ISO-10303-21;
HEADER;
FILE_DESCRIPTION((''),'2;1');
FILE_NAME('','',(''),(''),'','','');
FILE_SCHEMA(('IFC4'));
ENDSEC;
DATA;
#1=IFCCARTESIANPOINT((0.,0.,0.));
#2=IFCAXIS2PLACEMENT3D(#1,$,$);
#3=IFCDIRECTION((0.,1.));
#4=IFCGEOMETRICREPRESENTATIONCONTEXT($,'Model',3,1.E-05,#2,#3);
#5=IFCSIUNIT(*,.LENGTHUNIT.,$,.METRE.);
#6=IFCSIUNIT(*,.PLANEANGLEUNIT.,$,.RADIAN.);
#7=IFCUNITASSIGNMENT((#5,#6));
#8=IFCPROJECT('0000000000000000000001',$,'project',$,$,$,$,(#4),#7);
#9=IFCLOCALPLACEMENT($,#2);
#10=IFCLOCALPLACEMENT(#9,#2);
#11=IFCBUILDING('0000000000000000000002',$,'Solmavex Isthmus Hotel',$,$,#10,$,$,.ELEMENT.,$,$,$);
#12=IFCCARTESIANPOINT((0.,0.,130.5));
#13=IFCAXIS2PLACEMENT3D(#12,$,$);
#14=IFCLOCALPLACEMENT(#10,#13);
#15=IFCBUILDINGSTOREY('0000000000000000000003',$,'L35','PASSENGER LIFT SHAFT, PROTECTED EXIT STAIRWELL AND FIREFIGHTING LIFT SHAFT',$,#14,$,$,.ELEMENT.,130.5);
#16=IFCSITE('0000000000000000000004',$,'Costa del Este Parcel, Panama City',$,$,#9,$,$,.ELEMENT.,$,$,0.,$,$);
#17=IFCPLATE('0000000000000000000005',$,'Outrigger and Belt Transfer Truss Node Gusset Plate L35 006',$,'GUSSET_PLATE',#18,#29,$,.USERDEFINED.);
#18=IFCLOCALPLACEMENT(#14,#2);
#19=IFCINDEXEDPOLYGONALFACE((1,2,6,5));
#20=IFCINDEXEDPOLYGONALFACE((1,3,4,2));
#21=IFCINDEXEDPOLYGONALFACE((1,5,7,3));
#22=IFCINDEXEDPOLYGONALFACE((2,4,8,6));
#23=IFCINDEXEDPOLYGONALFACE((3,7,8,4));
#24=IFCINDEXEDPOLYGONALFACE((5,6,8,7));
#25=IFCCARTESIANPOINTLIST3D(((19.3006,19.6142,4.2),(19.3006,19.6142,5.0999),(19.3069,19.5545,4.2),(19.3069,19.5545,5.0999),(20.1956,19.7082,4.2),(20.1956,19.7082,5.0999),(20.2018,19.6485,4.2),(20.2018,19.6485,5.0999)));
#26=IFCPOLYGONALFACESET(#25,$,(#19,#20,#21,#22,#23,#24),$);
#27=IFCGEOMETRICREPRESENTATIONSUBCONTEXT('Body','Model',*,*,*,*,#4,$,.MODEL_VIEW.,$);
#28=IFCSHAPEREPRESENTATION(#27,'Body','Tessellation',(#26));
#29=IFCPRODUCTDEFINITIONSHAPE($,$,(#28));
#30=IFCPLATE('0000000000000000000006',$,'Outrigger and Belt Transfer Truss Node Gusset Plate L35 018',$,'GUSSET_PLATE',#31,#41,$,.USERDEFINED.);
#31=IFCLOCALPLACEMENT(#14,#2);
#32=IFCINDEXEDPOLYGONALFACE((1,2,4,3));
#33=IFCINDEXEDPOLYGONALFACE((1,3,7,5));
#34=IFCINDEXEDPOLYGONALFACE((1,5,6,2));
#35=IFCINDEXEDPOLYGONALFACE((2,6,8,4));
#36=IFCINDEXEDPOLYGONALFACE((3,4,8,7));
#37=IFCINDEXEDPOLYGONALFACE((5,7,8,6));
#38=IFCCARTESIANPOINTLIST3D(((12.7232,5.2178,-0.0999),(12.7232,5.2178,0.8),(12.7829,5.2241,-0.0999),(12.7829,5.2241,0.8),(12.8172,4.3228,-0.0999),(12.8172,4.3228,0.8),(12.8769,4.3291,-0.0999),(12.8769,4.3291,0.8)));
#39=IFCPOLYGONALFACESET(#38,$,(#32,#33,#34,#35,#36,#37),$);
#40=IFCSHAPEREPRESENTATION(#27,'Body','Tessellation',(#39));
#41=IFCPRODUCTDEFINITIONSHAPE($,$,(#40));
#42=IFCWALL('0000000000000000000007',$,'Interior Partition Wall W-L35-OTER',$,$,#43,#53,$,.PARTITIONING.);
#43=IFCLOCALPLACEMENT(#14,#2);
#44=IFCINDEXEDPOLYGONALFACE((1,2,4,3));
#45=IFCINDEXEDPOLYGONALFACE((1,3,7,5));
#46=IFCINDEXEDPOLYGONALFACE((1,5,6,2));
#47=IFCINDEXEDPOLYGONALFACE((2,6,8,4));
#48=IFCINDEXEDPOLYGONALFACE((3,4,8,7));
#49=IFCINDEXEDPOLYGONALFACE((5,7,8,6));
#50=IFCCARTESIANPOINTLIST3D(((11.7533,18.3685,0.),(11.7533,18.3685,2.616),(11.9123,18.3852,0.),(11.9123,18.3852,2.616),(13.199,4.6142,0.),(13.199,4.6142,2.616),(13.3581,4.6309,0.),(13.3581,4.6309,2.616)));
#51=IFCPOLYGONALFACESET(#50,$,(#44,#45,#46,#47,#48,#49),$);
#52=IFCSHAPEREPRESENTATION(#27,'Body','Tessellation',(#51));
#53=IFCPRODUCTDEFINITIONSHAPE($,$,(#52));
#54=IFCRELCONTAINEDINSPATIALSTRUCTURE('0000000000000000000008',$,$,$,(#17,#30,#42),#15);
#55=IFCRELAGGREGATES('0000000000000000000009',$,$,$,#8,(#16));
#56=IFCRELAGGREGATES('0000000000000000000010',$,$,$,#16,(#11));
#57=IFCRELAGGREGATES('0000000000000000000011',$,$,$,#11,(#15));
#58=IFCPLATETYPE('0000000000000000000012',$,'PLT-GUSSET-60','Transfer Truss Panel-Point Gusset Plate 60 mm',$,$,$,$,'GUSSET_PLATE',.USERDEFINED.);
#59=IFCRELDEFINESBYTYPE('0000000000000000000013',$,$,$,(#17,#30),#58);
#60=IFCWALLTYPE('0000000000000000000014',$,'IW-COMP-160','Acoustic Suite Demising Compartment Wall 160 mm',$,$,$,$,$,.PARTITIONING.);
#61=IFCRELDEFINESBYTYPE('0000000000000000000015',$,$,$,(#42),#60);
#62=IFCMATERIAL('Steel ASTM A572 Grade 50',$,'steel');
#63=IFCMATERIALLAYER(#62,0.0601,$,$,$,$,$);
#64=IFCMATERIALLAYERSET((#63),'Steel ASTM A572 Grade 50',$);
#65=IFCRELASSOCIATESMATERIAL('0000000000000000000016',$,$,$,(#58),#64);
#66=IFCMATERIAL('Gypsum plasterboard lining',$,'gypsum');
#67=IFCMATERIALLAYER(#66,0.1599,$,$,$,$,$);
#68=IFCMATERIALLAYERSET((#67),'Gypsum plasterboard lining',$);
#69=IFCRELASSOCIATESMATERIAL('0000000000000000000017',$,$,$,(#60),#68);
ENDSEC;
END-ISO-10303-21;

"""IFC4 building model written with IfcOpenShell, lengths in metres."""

from ifc_helpers import new_model, si_unit, direction, frame, frame_2d, origin, origin_2d, place, context, subcontext, project, spatial, rectangle, extrude, material, layer, layer_set, type_object, element, save


model = new_model("IFC4")

# Units and contexts
model_context = context("Model", 3, precision=1e-05, world=origin(), true_north=direction((0.0, 1.0)))
body_context = subcontext(model_context, "Body", "Model", "MODEL_VIEW")
ifc_project = project(units=[si_unit("LENGTHUNIT", "METRE"), si_unit("PLANEANGLEUNIT", "RADIAN")], contexts=[model_context])

# Site, building, storey
site_placement = place(None, origin())
site = spatial("IfcSite", under=ifc_project, at=site_placement, Name="Costa del Este Parcel, Panama City", CompositionType="ELEMENT", RefElevation=0.0)
building_placement = place(site_placement, origin())
building = spatial("IfcBuilding", under=site, at=building_placement, Name="Solmavex Isthmus Hotel", CompositionType="ELEMENT")
storey_placement = place(building_placement, frame((0.0, 0.0, 130.5)))
storey = spatial("IfcBuildingStorey", under=building, at=storey_placement, Name="L35", Description="PASSENGER LIFT SHAFT, PROTECTED EXIT STAIRWELL AND FIREFIGHTING LIFT SHAFT", CompositionType="ELEMENT", Elevation=130.5)

# Plates
ifc_material_1 = material(Name="Steel ASTM A572 Grade 50", Category="steel")
ifc_layer_1 = layer(ifc_material_1, 0.0601)
ifc_layer_set_1 = layer_set([ifc_layer_1], Name="Steel ASTM A572 Grade 50")
plate_type = type_object("IfcPlateType", Name="PLT-GUSSET-60", Description="Transfer Truss Panel-Point Gusset Plate 60 mm", ElementType="GUSSET_PLATE", PredefinedType="USERDEFINED", material=ifc_layer_set_1)
for number, where, z_axis, x_axis, name in (
    (1, (19.7512, 19.6313, 4.2), (0.0, 0.0, 1.0), (0.994522, 0.104528, 0.0), "Outrigger and Belt Transfer Truss Node Gusset Plate L35 006"),
    (2, (12.8, 4.7734, -0.0999), (0.0, 0.0, 1.0), (-0.104528, 0.994522, 0.0), "Outrigger and Belt Transfer Truss Node Gusset Plate L35 018"),
):
    element("IfcPlate", number, at=place(storey_placement, frame(where, z_axis=z_axis, x_axis=x_axis)), inside=storey, type_object=plate_type, Name=name, ObjectType="GUSSET_PLATE", PredefinedType="USERDEFINED", context=body_context, shape_type="SweptSolid", body=[
        extrude(rectangle(XDim=0.8999, YDim=0.0601, at=origin_2d()), origin(), (0.0, 0.0, 1.0), 0.8999),
    ])

# Wall
ifc_material_2 = material(Name="Gypsum plasterboard lining", Category="gypsum")
ifc_layer_2 = layer(ifc_material_2, 0.1599)
ifc_layer_set_2 = layer_set([ifc_layer_2], Name="Gypsum plasterboard lining")
wall_type = type_object("IfcWallType", Name="IW-COMP-160", Description="Acoustic Suite Demising Compartment Wall 160 mm", PredefinedType="PARTITIONING", material=ifc_layer_set_2)
wall_placement = place(storey_placement, frame((13.2786, 4.6226, 0.0), z_axis=(0.0, 0.0, 1.0), x_axis=(-0.10454, 0.994521, 0.0)))
element("IfcWall", 3, at=wall_placement, inside=storey, type_object=wall_type, Name="Interior Partition Wall W-L35-OTER", PredefinedType="PARTITIONING", context=body_context, shape_type="SweptSolid", body=[
    extrude(rectangle(XDim=13.8301, YDim=0.1599, at=frame_2d((6.915, 0.0))), origin(), (0.0, 0.0, 1.0), 2.616),
])

save(model, "model.ifc")
